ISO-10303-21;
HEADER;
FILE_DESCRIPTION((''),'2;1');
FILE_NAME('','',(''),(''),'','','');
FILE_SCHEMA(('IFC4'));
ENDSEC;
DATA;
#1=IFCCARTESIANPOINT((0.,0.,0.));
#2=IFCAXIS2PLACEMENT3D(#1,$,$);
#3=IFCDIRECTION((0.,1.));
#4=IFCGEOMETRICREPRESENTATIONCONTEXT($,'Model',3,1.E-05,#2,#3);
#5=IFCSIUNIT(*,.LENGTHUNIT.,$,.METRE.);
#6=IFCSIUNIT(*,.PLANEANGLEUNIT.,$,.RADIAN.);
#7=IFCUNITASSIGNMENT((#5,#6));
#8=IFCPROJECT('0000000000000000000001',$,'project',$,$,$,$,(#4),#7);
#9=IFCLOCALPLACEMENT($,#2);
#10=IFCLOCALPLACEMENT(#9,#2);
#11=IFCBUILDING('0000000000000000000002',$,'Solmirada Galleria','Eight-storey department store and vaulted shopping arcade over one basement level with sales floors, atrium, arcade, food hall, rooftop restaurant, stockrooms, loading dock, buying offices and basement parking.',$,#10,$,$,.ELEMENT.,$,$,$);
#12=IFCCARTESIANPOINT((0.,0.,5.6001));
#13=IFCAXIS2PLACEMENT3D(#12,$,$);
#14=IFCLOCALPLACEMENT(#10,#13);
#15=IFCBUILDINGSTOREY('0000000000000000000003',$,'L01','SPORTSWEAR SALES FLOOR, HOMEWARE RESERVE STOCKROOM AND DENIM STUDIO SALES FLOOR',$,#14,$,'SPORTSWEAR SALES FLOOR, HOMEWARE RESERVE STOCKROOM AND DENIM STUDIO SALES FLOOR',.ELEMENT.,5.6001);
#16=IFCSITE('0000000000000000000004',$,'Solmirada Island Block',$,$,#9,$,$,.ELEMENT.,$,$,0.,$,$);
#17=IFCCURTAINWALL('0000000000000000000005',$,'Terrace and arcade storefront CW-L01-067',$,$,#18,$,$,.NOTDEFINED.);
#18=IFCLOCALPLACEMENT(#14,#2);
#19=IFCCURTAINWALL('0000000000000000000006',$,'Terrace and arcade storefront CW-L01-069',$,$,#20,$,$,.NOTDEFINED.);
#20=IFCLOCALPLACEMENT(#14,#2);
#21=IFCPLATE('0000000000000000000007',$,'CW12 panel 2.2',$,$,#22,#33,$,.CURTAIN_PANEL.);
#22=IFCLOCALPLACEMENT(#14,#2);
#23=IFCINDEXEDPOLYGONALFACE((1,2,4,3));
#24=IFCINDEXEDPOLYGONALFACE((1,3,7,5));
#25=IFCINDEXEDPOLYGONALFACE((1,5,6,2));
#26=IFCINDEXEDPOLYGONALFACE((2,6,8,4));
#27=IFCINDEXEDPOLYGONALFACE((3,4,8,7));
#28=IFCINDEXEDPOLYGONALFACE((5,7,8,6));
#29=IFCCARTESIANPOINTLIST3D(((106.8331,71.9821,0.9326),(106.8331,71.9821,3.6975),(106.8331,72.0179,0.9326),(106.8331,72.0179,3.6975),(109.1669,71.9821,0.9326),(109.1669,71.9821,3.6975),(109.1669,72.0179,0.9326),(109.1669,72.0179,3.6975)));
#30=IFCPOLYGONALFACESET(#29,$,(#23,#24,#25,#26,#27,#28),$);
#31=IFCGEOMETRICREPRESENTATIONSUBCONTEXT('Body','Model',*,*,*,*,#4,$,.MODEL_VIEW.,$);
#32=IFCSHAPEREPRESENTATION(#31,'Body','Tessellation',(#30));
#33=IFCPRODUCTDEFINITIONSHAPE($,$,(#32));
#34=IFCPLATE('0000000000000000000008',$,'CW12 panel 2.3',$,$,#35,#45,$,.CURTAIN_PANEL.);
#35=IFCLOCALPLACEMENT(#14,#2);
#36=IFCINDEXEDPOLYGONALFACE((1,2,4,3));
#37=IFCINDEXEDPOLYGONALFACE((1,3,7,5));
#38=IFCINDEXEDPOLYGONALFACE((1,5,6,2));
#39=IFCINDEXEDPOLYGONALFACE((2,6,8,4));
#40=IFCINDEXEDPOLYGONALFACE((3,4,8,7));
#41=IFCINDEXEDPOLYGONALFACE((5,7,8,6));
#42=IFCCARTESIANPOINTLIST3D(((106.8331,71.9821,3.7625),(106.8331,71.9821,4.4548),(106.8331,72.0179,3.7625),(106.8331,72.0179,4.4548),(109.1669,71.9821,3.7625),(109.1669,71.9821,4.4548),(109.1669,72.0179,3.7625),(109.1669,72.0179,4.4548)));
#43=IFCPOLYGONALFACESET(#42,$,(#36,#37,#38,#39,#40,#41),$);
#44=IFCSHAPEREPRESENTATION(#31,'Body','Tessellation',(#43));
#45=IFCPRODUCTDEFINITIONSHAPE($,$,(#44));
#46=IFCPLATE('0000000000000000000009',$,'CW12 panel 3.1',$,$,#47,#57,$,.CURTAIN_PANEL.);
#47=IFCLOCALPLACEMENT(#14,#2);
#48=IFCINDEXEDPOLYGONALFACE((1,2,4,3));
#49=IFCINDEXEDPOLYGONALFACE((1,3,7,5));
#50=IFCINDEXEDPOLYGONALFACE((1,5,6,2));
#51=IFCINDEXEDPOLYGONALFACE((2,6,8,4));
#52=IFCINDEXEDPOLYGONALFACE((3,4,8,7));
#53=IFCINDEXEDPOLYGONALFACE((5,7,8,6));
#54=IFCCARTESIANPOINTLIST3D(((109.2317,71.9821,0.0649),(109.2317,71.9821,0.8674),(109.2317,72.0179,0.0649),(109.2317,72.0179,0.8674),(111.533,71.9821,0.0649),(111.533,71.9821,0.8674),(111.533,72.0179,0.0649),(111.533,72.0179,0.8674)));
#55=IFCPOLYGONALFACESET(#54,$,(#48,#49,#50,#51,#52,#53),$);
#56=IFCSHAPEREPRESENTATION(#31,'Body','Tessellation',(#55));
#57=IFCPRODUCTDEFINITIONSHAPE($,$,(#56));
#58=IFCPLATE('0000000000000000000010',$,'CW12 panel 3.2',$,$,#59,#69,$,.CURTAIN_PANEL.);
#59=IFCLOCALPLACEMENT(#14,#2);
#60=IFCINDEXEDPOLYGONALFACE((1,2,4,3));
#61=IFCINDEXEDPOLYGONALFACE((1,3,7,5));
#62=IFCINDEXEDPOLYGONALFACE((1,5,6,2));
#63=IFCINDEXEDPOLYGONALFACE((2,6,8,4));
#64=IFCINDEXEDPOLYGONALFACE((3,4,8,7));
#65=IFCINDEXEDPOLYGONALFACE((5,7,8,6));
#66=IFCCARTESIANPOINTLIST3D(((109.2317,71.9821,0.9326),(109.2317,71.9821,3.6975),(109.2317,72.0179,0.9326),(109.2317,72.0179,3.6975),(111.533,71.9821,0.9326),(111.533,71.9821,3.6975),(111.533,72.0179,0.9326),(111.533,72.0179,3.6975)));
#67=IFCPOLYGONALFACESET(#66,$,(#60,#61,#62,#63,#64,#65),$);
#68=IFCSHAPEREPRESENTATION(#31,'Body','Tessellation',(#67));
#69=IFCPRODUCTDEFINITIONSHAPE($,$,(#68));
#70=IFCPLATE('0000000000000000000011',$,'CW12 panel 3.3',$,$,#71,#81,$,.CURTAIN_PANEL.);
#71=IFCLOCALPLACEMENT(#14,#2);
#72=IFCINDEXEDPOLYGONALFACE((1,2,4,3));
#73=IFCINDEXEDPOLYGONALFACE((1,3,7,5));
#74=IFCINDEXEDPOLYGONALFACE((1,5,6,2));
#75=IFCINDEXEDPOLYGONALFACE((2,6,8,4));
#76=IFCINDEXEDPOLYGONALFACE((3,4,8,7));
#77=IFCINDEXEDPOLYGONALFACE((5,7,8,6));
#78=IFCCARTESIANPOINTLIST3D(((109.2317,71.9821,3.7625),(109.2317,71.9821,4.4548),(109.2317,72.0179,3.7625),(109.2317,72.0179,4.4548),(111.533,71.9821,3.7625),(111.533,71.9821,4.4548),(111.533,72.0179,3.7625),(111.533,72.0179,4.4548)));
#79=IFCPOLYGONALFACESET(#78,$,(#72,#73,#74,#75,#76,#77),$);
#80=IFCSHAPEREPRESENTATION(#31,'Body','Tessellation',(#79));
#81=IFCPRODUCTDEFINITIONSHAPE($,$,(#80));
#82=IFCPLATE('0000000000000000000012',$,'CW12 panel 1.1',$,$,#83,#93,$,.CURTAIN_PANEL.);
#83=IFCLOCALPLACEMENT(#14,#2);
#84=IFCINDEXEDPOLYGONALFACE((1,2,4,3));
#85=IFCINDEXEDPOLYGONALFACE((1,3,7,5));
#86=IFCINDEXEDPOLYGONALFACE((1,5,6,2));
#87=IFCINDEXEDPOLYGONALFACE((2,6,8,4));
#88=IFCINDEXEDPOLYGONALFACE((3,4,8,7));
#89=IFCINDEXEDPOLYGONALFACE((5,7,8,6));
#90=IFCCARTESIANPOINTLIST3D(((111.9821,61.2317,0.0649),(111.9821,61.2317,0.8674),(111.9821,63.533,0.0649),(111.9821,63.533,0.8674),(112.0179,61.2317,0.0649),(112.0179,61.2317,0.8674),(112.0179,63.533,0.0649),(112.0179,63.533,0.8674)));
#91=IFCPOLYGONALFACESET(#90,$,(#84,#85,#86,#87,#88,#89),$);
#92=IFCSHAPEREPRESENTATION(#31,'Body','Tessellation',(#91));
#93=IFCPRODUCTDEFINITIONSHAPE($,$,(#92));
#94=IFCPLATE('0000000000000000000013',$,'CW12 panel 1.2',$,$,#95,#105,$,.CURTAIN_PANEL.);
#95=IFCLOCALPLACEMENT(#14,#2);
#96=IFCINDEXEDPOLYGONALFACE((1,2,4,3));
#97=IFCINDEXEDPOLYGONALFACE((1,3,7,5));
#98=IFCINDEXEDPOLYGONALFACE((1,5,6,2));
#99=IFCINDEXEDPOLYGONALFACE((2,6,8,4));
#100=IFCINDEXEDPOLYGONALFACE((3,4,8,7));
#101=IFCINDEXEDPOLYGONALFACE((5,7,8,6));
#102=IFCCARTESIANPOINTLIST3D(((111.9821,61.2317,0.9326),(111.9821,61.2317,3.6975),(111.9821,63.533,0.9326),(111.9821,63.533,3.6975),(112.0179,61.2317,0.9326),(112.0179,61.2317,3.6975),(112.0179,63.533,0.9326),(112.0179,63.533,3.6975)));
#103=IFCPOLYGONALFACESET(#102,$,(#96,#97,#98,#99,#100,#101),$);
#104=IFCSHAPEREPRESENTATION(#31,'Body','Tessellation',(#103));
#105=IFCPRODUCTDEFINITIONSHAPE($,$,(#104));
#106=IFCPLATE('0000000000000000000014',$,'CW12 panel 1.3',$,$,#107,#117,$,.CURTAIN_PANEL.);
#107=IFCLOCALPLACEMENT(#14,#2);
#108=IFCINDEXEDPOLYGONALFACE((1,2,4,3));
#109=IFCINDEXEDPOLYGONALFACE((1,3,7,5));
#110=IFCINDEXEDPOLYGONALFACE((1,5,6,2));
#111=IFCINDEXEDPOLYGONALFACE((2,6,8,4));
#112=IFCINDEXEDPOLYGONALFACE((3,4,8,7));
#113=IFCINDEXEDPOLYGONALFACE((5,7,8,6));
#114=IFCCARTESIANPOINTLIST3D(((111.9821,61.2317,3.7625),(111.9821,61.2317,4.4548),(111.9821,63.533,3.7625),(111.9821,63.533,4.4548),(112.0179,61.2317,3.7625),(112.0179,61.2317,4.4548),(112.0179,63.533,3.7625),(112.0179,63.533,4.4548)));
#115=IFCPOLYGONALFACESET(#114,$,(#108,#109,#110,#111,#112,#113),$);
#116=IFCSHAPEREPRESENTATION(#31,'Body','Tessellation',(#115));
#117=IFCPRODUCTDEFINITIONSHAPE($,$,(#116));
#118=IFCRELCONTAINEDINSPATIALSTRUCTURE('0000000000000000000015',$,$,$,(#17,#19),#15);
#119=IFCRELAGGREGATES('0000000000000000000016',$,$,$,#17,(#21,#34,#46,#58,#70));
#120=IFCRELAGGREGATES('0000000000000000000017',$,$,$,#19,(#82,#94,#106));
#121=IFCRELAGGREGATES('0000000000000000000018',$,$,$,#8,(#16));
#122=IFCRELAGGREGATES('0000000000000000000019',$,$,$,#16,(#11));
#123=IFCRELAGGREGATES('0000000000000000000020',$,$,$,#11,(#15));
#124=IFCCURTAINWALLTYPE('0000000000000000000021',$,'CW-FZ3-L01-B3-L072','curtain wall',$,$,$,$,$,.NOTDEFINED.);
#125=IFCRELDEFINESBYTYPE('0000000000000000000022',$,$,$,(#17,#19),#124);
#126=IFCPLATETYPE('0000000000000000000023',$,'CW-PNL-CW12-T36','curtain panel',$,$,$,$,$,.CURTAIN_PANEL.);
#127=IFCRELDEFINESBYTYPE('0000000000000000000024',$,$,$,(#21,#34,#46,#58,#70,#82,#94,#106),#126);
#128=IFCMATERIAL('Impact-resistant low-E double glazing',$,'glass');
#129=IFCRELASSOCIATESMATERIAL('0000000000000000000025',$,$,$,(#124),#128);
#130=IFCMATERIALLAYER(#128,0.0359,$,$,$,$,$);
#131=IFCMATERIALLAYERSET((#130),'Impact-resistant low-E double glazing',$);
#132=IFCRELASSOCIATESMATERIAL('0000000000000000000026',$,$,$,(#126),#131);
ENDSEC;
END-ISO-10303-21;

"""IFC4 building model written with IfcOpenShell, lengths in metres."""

from ifc_helpers import new_model, si_unit, direction, frame, origin, origin_2d, place, context, subcontext, project, spatial, rectangle, extrude, material, layer, layer_set, type_object, element, aggregate, save


model = new_model("IFC4")

# Units and contexts
model_context = context("Model", 3, precision=1e-05, world=origin(), true_north=direction((0.0, 1.0)))
body_context = subcontext(model_context, "Body", "Model", "MODEL_VIEW")
ifc_project = project(units=[si_unit("LENGTHUNIT", "METRE"), si_unit("PLANEANGLEUNIT", "RADIAN")], contexts=[model_context])

# Site, building, storey
site_placement = place(None, origin())
site = spatial("IfcSite", under=ifc_project, at=site_placement, Name="Solmirada Island Block", CompositionType="ELEMENT", RefElevation=0.0)
building_placement = place(site_placement, origin())
building = spatial("IfcBuilding", under=site, at=building_placement, Name="Solmirada Galleria", Description="Eight-storey department store and vaulted shopping arcade over one basement level with sales floors, atrium, arcade, food hall, rooftop restaurant, stockrooms, loading dock, buying offices and basement parking.", CompositionType="ELEMENT")
storey_placement = place(building_placement, frame((0.0, 0.0, 5.6001)))
storey = spatial("IfcBuildingStorey", under=building, at=storey_placement, Name="L01", Description="SPORTSWEAR SALES FLOOR, HOMEWARE RESERVE STOCKROOM AND DENIM STUDIO SALES FLOOR", LongName="SPORTSWEAR SALES FLOOR, HOMEWARE RESERVE STOCKROOM AND DENIM STUDIO SALES FLOOR", CompositionType="ELEMENT", Elevation=5.6001)

# Curtain wall
ifc_material_1 = material(Name="Impact-resistant low-E double glazing", Category="glass")
curtain_wall_type = type_object("IfcCurtainWallType", Name="CW-FZ3-L01-B3-L072", Description="curtain wall", PredefinedType="NOTDEFINED", material=ifc_material_1)
curtain_wall_1_placement = place(storey_placement, origin())
curtain_wall_1 = element("IfcCurtainWall", 1, at=curtain_wall_1_placement, inside=storey, type_object=curtain_wall_type, Name="Terrace and arcade storefront CW-L01-067", PredefinedType="NOTDEFINED")

# Curtain wall
curtain_wall_2_placement = place(storey_placement, origin())
curtain_wall_2 = element("IfcCurtainWall", 2, at=curtain_wall_2_placement, inside=storey, type_object=curtain_wall_type, Name="Terrace and arcade storefront CW-L01-069", PredefinedType="NOTDEFINED")

# Plates
ifc_layer = layer(ifc_material_1, 0.0359)
ifc_layer_set = layer_set([ifc_layer], Name="Impact-resistant low-E double glazing")
plate_type = type_object("IfcPlateType", Name="CW-PNL-CW12-T36", Description="curtain panel", PredefinedType="CURTAIN_PANEL", material=ifc_layer_set)
plate_1_placement = place(storey_placement, frame((108.0, 72.0, 0.9326), z_axis=(0.0, 0.0, 1.0), x_axis=(1.0, 0.0, 0.0)))
plate_1 = element("IfcPlate", 3, at=plate_1_placement, type_object=plate_type, Name="CW12 panel 2.2", PredefinedType="CURTAIN_PANEL", context=body_context, shape_type="SweptSolid", body=[
    extrude(rectangle(XDim=2.3337, YDim=0.0359, at=origin_2d()), origin(), (0.0, 0.0, 1.0), 2.7649),
])
plate_2_placement = place(storey_placement, frame((108.0, 72.0, 3.7625), z_axis=(0.0, 0.0, 1.0), x_axis=(1.0, 0.0, 0.0)))
plate_2 = element("IfcPlate", 4, at=plate_2_placement, type_object=plate_type, Name="CW12 panel 2.3", PredefinedType="CURTAIN_PANEL", context=body_context, shape_type="SweptSolid", body=[
    extrude(rectangle(XDim=2.3337, YDim=0.0359, at=origin_2d()), origin(), (0.0, 0.0, 1.0), 0.6924),
])
plate_3_placement = place(storey_placement, frame((110.3823, 72.0, 0.0649), z_axis=(0.0, 0.0, 1.0), x_axis=(1.0, 0.0, 0.0)))
plate_3 = element("IfcPlate", 5, at=plate_3_placement, type_object=plate_type, Name="CW12 panel 3.1", PredefinedType="CURTAIN_PANEL", context=body_context, shape_type="SweptSolid", body=[
    extrude(rectangle(XDim=2.3013, YDim=0.0359, at=origin_2d()), origin(), (0.0, 0.0, 1.0), 0.8025),
])
plate_4_placement = place(storey_placement, frame((110.3823, 72.0, 0.9326), z_axis=(0.0, 0.0, 1.0), x_axis=(1.0, 0.0, 0.0)))
plate_4 = element("IfcPlate", 6, at=plate_4_placement, type_object=plate_type, Name="CW12 panel 3.2", PredefinedType="CURTAIN_PANEL", context=body_context, shape_type="SweptSolid", body=[
    extrude(rectangle(XDim=2.3013, YDim=0.0359, at=origin_2d()), origin(), (0.0, 0.0, 1.0), 2.7649),
])
plate_5_placement = place(storey_placement, frame((110.3823, 72.0, 3.7625), z_axis=(0.0, 0.0, 1.0), x_axis=(1.0, 0.0, 0.0)))
plate_5 = element("IfcPlate", 7, at=plate_5_placement, type_object=plate_type, Name="CW12 panel 3.3", PredefinedType="CURTAIN_PANEL", context=body_context, shape_type="SweptSolid", body=[
    extrude(rectangle(XDim=2.3013, YDim=0.0359, at=origin_2d()), origin(), (0.0, 0.0, 1.0), 0.6924),
])
aggregate(curtain_wall_1, [plate_1, plate_2, plate_3, plate_4, plate_5])
plate_6_placement = place(storey_placement, frame((112.0, 62.3823, 0.0649), z_axis=(0.0, 0.0, 1.0), x_axis=(0.0, -1.0, 0.0)))
plate_6 = element("IfcPlate", 8, at=plate_6_placement, type_object=plate_type, Name="CW12 panel 1.1", PredefinedType="CURTAIN_PANEL", context=body_context, shape_type="SweptSolid", body=[
    extrude(rectangle(XDim=2.3013, YDim=0.0359, at=origin_2d()), origin(), (0.0, 0.0, 1.0), 0.8025),
])
plate_7_placement = place(storey_placement, frame((112.0, 62.3823, 0.9326), z_axis=(0.0, 0.0, 1.0), x_axis=(0.0, -1.0, 0.0)))
plate_7 = element("IfcPlate", 9, at=plate_7_placement, type_object=plate_type, Name="CW12 panel 1.2", PredefinedType="CURTAIN_PANEL", context=body_context, shape_type="SweptSolid", body=[
    extrude(rectangle(XDim=2.3013, YDim=0.0359, at=origin_2d()), origin(), (0.0, 0.0, 1.0), 2.7649),
])
plate_8_placement = place(storey_placement, frame((112.0, 62.3823, 3.7625), z_axis=(0.0, 0.0, 1.0), x_axis=(0.0, -1.0, 0.0)))
plate_8 = element("IfcPlate", 10, at=plate_8_placement, type_object=plate_type, Name="CW12 panel 1.3", PredefinedType="CURTAIN_PANEL", context=body_context, shape_type="SweptSolid", body=[
    extrude(rectangle(XDim=2.3013, YDim=0.0359, at=origin_2d()), origin(), (0.0, 0.0, 1.0), 0.6924),
])
aggregate(curtain_wall_2, [plate_6, plate_7, plate_8])

save(model, "model.ifc")
